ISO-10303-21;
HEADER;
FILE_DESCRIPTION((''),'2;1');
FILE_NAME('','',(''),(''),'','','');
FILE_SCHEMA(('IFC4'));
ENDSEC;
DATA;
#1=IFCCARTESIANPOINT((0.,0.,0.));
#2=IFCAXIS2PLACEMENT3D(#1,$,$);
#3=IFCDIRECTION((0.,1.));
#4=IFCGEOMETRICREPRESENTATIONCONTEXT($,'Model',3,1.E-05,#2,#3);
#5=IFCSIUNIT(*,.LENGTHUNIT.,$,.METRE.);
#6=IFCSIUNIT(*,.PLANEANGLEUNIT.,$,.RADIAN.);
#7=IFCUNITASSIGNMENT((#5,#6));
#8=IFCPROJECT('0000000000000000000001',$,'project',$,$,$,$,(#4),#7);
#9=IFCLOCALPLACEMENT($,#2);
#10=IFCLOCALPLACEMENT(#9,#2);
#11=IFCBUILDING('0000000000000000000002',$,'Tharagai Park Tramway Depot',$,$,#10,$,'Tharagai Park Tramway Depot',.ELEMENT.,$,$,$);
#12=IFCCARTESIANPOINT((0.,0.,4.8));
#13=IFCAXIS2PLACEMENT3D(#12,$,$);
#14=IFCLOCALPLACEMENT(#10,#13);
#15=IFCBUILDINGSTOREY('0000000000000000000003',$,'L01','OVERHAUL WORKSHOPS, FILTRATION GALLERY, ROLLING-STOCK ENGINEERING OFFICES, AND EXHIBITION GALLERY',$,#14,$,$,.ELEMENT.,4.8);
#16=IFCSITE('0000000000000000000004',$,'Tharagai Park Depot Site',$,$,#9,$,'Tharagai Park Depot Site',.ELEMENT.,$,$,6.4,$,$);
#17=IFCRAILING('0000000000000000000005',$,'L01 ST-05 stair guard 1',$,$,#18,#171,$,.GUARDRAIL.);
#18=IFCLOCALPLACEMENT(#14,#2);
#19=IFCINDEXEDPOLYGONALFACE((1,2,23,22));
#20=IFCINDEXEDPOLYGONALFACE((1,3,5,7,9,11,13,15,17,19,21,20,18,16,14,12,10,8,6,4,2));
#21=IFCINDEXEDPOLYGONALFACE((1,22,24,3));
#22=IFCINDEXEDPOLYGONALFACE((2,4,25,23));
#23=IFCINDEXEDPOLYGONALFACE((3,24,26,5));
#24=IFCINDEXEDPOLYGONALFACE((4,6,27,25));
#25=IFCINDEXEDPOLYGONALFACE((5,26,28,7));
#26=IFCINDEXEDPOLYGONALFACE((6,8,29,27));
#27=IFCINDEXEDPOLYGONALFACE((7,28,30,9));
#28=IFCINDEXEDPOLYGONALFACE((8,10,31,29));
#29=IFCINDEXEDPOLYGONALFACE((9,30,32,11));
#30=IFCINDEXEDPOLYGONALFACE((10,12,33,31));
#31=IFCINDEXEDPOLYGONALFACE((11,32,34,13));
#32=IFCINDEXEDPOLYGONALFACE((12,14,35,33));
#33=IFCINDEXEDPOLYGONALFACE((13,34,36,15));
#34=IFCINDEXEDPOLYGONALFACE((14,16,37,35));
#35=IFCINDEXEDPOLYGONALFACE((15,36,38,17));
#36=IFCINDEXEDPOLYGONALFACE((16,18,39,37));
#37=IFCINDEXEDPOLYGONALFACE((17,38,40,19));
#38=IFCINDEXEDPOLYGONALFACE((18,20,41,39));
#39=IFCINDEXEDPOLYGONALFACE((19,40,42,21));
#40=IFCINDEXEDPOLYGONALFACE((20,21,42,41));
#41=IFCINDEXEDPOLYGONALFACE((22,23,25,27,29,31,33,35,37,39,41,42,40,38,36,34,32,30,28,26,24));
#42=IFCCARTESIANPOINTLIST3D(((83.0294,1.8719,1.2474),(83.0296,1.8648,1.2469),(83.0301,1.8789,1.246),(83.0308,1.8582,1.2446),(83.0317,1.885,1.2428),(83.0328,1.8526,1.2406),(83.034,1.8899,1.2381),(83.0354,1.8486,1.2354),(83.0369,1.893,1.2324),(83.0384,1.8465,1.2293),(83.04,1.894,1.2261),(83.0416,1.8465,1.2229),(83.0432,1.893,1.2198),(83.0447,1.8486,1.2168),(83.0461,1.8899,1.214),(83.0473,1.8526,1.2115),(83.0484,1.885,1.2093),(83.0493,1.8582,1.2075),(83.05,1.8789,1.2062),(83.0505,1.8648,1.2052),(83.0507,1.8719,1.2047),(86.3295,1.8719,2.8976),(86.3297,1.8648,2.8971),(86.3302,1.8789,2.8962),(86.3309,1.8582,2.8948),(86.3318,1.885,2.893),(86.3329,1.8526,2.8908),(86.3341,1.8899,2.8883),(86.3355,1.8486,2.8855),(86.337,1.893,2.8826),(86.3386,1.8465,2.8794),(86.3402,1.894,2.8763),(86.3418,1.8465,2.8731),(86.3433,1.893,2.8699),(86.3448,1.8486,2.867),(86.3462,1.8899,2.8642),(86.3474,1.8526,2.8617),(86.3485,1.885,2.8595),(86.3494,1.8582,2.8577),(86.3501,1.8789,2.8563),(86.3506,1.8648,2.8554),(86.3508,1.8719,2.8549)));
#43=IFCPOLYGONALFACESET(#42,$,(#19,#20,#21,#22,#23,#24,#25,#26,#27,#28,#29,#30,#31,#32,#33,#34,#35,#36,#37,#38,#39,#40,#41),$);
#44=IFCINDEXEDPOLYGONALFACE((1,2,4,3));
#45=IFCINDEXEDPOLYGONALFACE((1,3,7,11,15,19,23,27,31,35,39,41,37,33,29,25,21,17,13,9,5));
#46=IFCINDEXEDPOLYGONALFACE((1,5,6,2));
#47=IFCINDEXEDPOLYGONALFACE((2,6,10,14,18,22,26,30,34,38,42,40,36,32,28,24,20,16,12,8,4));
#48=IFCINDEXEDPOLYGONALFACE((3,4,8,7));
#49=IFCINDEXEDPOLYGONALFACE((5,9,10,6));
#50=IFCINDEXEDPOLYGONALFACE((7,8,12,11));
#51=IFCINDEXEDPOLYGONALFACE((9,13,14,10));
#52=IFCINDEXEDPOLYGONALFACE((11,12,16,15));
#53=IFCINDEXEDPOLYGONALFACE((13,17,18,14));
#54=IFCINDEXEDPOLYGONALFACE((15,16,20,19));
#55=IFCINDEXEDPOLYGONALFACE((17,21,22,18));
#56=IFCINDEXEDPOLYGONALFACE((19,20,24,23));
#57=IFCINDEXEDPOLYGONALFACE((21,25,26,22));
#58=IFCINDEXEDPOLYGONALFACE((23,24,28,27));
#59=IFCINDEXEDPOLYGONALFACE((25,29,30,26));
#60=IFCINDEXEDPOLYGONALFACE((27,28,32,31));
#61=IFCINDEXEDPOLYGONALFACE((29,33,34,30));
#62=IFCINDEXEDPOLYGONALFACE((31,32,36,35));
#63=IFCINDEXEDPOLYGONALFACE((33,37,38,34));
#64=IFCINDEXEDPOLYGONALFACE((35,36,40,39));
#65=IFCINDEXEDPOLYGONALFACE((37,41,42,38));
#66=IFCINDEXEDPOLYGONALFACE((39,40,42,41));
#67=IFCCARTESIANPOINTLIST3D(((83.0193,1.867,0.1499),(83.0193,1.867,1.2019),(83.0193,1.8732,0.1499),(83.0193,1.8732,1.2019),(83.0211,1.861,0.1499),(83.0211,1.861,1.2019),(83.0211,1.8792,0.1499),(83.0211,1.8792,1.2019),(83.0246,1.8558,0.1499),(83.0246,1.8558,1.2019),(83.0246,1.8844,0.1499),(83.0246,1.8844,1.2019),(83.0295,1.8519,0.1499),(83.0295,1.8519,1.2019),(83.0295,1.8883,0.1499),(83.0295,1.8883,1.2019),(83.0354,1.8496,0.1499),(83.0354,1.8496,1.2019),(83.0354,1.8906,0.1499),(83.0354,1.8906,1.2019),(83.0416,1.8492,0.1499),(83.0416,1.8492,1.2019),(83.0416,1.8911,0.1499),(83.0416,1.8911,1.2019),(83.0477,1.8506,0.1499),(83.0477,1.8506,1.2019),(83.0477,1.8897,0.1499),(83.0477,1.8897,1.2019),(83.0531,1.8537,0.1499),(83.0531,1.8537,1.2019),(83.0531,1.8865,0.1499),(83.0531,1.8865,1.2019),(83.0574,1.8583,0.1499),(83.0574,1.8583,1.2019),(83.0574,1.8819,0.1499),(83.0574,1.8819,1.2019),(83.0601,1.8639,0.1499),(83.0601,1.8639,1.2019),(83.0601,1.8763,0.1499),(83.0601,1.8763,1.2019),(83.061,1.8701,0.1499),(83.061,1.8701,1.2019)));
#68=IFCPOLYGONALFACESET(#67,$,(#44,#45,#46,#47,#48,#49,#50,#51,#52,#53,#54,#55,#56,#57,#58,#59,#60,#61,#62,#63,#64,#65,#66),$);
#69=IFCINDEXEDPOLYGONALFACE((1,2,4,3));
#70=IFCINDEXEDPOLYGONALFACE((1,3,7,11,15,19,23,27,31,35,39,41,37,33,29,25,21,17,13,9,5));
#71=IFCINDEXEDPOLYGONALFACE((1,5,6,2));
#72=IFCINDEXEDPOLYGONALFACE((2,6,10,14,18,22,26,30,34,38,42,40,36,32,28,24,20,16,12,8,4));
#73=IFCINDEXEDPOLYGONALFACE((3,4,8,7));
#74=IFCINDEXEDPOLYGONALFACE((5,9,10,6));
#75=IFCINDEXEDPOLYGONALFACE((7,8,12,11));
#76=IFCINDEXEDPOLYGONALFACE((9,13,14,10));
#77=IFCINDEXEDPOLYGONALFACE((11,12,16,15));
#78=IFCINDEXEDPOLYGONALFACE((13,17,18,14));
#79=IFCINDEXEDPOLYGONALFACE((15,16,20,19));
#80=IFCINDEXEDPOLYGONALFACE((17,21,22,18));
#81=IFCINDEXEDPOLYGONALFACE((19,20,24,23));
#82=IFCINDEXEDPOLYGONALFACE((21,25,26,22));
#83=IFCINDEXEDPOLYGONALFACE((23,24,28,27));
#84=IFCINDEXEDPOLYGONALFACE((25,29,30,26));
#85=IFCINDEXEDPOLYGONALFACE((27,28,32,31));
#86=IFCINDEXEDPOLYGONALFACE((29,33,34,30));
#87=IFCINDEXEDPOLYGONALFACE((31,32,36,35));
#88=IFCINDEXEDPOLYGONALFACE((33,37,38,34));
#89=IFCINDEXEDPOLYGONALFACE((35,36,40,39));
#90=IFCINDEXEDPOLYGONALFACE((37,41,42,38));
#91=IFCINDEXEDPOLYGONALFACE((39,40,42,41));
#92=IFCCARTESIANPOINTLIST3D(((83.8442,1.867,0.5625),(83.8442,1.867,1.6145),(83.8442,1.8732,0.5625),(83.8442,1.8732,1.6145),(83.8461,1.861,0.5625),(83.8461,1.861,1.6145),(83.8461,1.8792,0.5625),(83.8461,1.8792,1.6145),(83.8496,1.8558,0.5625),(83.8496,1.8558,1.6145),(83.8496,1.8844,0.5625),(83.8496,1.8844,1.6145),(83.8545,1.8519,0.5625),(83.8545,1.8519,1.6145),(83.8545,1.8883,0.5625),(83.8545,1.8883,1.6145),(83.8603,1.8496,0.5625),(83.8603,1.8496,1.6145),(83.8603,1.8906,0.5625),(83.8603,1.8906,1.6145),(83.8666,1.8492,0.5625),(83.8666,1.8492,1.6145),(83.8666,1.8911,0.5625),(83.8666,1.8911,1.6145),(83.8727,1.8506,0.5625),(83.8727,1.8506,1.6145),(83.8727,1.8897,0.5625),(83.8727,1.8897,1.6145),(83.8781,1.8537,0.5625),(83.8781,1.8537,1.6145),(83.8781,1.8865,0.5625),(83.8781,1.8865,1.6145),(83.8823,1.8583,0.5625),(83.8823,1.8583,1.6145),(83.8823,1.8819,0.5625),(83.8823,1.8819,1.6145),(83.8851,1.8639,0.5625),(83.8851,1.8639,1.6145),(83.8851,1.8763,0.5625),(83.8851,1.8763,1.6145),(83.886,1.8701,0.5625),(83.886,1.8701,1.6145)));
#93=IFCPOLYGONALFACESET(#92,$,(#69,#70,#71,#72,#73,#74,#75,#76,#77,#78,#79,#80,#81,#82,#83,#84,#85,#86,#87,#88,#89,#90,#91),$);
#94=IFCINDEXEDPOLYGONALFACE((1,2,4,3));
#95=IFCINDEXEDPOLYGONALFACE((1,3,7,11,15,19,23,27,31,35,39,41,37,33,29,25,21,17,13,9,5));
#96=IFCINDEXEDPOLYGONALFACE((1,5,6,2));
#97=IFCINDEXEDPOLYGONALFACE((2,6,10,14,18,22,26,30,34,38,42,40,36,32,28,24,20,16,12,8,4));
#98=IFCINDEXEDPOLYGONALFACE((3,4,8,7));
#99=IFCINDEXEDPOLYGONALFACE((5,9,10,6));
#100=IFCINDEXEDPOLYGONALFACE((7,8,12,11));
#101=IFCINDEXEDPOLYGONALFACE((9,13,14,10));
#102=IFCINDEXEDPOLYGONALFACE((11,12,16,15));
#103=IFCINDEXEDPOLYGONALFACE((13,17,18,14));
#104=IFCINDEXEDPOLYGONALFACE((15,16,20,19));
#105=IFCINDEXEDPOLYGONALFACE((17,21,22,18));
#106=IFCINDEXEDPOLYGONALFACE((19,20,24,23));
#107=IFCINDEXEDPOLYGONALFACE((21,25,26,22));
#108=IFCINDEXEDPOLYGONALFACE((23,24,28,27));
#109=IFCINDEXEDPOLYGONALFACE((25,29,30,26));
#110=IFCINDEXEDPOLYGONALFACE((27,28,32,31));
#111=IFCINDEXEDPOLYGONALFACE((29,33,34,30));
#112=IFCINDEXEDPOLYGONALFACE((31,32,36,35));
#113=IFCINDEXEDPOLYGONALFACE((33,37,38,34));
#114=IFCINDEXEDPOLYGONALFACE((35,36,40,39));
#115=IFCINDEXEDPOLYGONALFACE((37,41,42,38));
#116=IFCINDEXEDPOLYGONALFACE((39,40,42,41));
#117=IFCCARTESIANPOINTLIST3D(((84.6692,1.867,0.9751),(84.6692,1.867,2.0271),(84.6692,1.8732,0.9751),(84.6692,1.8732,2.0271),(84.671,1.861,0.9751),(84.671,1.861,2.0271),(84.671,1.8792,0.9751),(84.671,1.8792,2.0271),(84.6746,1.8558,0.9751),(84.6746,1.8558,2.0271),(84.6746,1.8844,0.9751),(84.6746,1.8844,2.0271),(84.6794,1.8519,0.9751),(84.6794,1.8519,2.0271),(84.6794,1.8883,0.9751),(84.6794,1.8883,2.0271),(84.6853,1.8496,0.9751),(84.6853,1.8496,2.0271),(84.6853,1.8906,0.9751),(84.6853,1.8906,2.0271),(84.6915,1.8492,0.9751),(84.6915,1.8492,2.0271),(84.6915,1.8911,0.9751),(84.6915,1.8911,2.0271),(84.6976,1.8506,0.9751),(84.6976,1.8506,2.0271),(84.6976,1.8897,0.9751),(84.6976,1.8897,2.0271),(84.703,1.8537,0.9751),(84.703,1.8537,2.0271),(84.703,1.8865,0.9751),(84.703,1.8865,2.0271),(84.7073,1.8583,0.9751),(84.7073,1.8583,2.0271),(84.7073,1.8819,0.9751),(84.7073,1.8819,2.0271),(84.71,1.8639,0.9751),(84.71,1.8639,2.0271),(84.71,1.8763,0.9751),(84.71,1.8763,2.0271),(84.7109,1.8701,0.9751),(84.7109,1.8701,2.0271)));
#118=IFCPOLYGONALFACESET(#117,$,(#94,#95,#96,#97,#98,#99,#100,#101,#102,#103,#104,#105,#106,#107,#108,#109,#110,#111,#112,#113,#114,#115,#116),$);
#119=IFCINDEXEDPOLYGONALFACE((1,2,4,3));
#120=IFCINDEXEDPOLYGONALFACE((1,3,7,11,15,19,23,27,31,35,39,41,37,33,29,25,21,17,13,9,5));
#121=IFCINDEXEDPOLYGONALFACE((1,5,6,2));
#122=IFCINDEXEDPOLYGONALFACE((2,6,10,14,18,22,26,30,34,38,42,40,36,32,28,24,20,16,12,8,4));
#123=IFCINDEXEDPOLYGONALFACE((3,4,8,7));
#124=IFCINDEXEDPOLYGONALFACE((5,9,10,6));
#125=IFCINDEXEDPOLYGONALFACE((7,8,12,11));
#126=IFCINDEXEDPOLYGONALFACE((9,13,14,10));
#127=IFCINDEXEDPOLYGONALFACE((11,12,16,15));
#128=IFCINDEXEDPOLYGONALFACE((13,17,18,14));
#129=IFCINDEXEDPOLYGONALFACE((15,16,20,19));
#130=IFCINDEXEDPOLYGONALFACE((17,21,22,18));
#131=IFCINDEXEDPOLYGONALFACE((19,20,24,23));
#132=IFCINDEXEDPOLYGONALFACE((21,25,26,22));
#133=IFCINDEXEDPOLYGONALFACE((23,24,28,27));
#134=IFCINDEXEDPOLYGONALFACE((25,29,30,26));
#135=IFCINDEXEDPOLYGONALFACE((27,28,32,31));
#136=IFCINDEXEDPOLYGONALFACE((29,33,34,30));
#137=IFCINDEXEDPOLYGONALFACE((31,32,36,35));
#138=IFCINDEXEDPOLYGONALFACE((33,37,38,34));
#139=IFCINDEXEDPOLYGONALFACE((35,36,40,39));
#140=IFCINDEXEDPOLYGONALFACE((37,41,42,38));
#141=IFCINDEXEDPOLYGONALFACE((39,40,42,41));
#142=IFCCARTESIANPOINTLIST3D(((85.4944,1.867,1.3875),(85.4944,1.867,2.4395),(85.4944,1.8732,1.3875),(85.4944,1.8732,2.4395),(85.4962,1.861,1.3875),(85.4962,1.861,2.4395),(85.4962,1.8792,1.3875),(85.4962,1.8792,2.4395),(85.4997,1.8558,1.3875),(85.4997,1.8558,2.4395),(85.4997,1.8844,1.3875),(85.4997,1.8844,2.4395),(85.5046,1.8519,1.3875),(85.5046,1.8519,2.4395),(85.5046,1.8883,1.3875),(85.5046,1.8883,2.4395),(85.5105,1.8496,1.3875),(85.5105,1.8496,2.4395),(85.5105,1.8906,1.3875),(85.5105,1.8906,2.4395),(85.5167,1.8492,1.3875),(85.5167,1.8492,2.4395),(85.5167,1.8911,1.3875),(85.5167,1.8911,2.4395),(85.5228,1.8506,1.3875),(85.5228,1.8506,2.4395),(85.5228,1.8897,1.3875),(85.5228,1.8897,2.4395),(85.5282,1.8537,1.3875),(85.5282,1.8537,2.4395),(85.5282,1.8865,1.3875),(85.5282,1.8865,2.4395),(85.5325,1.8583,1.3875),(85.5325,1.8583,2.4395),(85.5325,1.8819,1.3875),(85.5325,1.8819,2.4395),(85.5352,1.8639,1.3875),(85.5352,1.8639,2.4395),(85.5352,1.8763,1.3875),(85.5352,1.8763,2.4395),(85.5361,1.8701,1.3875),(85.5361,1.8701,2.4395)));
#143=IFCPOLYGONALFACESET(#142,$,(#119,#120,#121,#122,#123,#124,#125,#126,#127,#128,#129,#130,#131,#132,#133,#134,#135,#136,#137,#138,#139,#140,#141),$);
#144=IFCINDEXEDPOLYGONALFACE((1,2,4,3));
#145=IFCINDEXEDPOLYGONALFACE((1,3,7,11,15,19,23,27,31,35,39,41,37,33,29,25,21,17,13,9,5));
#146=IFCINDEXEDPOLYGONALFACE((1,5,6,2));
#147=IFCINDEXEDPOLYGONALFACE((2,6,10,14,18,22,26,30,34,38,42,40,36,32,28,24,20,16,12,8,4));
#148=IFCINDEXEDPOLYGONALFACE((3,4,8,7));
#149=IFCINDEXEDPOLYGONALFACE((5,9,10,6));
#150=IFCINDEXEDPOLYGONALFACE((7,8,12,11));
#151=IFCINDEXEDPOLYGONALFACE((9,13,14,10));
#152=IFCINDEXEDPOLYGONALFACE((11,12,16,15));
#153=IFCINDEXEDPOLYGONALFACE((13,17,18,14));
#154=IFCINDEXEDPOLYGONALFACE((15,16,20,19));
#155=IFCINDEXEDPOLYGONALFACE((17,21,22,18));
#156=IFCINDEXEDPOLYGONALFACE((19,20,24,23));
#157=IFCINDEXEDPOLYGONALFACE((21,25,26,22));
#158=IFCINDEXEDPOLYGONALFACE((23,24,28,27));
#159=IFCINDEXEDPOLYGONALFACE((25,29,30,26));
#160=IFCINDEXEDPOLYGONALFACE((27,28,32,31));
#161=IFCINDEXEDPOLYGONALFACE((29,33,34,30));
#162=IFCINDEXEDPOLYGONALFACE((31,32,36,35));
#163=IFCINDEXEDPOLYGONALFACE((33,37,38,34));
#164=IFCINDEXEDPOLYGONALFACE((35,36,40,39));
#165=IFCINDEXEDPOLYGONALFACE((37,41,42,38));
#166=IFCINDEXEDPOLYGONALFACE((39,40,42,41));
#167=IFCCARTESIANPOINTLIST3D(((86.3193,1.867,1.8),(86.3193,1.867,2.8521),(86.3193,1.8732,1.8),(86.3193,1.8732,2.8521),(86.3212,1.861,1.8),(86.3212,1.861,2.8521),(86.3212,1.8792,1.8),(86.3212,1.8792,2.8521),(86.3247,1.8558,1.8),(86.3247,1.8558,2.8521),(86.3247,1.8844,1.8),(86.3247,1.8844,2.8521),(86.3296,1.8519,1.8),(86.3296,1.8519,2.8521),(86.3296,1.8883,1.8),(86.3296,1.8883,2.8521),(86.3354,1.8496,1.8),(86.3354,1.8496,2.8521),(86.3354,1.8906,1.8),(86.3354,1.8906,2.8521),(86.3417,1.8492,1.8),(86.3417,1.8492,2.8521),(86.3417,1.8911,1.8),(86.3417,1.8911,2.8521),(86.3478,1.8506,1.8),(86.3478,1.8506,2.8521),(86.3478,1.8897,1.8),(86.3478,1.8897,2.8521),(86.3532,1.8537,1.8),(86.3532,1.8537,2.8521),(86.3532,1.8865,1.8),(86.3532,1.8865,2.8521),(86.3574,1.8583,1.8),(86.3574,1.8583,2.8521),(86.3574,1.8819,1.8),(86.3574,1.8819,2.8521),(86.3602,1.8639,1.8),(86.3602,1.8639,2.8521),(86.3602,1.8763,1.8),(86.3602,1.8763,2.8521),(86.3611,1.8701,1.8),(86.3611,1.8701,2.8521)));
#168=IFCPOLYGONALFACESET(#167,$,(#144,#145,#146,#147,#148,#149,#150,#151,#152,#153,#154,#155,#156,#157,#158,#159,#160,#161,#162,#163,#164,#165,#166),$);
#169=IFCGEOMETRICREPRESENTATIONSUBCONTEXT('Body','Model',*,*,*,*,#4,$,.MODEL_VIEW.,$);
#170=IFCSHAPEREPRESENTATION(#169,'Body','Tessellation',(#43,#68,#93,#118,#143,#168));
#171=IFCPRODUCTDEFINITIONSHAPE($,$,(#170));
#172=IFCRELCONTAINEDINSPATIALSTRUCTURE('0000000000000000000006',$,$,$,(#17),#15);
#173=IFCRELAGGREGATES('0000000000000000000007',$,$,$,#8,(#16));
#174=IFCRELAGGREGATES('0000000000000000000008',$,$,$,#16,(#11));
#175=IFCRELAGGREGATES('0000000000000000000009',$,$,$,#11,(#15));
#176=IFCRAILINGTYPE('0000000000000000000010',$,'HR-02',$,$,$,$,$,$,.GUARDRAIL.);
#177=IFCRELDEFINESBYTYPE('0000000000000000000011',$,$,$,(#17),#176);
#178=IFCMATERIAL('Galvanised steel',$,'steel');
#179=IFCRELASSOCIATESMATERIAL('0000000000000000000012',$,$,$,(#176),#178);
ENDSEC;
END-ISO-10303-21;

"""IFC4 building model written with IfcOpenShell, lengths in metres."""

from ifc_helpers import new_model, si_unit, direction, frame, origin, origin_2d, place, context, subcontext, project, spatial, circle, extrude, material, type_object, element, save


model = new_model("IFC4")

# Units and contexts
model_context = context("Model", 3, precision=1e-05, world=origin(), true_north=direction((0.0, 1.0)))
body_context = subcontext(model_context, "Body", "Model", "MODEL_VIEW")
ifc_project = project(units=[si_unit("LENGTHUNIT", "METRE"), si_unit("PLANEANGLEUNIT", "RADIAN")], contexts=[model_context])

# Site, building, storey
site_placement = place(None, origin())
site = spatial("IfcSite", under=ifc_project, at=site_placement, Name="Tharagai Park Depot Site", LongName="Tharagai Park Depot Site", CompositionType="ELEMENT", RefElevation=6.4)
building_placement = place(site_placement, origin())
building = spatial("IfcBuilding", under=site, at=building_placement, Name="Tharagai Park Tramway Depot", LongName="Tharagai Park Tramway Depot", CompositionType="ELEMENT")
storey_placement = place(building_placement, frame((0.0, 0.0, 4.8)))
storey = spatial("IfcBuildingStorey", under=building, at=storey_placement, Name="L01", Description="OVERHAUL WORKSHOPS, FILTRATION GALLERY, ROLLING-STOCK ENGINEERING OFFICES, AND EXHIBITION GALLERY", CompositionType="ELEMENT", Elevation=4.8)

# Shared definitions
ifc_material_1 = material(Name="Galvanised steel", Category="steel")

# Railing
railing_type_1 = type_object("IfcRailingType", Name="HR-02", PredefinedType="GUARDRAIL", material=ifc_material_1)
railing_1_placement = place(storey_placement, frame((83.04, 1.8701, 0.1499)))
element("IfcRailing", 1, at=railing_1_placement, inside=storey, type_object=railing_type_1, Name="L01 ST-05 stair guard 1", PredefinedType="GUARDRAIL", context=body_context, shape_type="SweptSolid", body=[
    extrude(circle(Radius=0.0239, at=origin_2d()), frame((0.0, 0.0, 1.0762), z_axis=(0.894414, 0.0, 0.44724), x_axis=(0.0, 1.0, 0.0)), (0.0, 0.0, 1.0), 3.6897),
    extrude(circle(Radius=0.021, at=origin_2d()), origin(), (0.0, 0.0, 1.0), 1.052),
    extrude(circle(Radius=0.021, at=origin_2d()), frame((0.825, 0.0, 0.4126)), (0.0, 0.0, 1.0), 1.052),
    extrude(circle(Radius=0.021, at=origin_2d()), frame((1.6499, 0.0, 0.8252)), (0.0, 0.0, 1.0), 1.052),
    extrude(circle(Radius=0.021, at=origin_2d()), frame((2.4751, 0.0, 1.2375)), (0.0, 0.0, 1.0), 1.052),
    extrude(circle(Radius=0.021, at=origin_2d()), frame((3.3, 0.0, 1.6501)), (0.0, 0.0, 1.0), 1.052),
])

save(model, "model.ifc")
